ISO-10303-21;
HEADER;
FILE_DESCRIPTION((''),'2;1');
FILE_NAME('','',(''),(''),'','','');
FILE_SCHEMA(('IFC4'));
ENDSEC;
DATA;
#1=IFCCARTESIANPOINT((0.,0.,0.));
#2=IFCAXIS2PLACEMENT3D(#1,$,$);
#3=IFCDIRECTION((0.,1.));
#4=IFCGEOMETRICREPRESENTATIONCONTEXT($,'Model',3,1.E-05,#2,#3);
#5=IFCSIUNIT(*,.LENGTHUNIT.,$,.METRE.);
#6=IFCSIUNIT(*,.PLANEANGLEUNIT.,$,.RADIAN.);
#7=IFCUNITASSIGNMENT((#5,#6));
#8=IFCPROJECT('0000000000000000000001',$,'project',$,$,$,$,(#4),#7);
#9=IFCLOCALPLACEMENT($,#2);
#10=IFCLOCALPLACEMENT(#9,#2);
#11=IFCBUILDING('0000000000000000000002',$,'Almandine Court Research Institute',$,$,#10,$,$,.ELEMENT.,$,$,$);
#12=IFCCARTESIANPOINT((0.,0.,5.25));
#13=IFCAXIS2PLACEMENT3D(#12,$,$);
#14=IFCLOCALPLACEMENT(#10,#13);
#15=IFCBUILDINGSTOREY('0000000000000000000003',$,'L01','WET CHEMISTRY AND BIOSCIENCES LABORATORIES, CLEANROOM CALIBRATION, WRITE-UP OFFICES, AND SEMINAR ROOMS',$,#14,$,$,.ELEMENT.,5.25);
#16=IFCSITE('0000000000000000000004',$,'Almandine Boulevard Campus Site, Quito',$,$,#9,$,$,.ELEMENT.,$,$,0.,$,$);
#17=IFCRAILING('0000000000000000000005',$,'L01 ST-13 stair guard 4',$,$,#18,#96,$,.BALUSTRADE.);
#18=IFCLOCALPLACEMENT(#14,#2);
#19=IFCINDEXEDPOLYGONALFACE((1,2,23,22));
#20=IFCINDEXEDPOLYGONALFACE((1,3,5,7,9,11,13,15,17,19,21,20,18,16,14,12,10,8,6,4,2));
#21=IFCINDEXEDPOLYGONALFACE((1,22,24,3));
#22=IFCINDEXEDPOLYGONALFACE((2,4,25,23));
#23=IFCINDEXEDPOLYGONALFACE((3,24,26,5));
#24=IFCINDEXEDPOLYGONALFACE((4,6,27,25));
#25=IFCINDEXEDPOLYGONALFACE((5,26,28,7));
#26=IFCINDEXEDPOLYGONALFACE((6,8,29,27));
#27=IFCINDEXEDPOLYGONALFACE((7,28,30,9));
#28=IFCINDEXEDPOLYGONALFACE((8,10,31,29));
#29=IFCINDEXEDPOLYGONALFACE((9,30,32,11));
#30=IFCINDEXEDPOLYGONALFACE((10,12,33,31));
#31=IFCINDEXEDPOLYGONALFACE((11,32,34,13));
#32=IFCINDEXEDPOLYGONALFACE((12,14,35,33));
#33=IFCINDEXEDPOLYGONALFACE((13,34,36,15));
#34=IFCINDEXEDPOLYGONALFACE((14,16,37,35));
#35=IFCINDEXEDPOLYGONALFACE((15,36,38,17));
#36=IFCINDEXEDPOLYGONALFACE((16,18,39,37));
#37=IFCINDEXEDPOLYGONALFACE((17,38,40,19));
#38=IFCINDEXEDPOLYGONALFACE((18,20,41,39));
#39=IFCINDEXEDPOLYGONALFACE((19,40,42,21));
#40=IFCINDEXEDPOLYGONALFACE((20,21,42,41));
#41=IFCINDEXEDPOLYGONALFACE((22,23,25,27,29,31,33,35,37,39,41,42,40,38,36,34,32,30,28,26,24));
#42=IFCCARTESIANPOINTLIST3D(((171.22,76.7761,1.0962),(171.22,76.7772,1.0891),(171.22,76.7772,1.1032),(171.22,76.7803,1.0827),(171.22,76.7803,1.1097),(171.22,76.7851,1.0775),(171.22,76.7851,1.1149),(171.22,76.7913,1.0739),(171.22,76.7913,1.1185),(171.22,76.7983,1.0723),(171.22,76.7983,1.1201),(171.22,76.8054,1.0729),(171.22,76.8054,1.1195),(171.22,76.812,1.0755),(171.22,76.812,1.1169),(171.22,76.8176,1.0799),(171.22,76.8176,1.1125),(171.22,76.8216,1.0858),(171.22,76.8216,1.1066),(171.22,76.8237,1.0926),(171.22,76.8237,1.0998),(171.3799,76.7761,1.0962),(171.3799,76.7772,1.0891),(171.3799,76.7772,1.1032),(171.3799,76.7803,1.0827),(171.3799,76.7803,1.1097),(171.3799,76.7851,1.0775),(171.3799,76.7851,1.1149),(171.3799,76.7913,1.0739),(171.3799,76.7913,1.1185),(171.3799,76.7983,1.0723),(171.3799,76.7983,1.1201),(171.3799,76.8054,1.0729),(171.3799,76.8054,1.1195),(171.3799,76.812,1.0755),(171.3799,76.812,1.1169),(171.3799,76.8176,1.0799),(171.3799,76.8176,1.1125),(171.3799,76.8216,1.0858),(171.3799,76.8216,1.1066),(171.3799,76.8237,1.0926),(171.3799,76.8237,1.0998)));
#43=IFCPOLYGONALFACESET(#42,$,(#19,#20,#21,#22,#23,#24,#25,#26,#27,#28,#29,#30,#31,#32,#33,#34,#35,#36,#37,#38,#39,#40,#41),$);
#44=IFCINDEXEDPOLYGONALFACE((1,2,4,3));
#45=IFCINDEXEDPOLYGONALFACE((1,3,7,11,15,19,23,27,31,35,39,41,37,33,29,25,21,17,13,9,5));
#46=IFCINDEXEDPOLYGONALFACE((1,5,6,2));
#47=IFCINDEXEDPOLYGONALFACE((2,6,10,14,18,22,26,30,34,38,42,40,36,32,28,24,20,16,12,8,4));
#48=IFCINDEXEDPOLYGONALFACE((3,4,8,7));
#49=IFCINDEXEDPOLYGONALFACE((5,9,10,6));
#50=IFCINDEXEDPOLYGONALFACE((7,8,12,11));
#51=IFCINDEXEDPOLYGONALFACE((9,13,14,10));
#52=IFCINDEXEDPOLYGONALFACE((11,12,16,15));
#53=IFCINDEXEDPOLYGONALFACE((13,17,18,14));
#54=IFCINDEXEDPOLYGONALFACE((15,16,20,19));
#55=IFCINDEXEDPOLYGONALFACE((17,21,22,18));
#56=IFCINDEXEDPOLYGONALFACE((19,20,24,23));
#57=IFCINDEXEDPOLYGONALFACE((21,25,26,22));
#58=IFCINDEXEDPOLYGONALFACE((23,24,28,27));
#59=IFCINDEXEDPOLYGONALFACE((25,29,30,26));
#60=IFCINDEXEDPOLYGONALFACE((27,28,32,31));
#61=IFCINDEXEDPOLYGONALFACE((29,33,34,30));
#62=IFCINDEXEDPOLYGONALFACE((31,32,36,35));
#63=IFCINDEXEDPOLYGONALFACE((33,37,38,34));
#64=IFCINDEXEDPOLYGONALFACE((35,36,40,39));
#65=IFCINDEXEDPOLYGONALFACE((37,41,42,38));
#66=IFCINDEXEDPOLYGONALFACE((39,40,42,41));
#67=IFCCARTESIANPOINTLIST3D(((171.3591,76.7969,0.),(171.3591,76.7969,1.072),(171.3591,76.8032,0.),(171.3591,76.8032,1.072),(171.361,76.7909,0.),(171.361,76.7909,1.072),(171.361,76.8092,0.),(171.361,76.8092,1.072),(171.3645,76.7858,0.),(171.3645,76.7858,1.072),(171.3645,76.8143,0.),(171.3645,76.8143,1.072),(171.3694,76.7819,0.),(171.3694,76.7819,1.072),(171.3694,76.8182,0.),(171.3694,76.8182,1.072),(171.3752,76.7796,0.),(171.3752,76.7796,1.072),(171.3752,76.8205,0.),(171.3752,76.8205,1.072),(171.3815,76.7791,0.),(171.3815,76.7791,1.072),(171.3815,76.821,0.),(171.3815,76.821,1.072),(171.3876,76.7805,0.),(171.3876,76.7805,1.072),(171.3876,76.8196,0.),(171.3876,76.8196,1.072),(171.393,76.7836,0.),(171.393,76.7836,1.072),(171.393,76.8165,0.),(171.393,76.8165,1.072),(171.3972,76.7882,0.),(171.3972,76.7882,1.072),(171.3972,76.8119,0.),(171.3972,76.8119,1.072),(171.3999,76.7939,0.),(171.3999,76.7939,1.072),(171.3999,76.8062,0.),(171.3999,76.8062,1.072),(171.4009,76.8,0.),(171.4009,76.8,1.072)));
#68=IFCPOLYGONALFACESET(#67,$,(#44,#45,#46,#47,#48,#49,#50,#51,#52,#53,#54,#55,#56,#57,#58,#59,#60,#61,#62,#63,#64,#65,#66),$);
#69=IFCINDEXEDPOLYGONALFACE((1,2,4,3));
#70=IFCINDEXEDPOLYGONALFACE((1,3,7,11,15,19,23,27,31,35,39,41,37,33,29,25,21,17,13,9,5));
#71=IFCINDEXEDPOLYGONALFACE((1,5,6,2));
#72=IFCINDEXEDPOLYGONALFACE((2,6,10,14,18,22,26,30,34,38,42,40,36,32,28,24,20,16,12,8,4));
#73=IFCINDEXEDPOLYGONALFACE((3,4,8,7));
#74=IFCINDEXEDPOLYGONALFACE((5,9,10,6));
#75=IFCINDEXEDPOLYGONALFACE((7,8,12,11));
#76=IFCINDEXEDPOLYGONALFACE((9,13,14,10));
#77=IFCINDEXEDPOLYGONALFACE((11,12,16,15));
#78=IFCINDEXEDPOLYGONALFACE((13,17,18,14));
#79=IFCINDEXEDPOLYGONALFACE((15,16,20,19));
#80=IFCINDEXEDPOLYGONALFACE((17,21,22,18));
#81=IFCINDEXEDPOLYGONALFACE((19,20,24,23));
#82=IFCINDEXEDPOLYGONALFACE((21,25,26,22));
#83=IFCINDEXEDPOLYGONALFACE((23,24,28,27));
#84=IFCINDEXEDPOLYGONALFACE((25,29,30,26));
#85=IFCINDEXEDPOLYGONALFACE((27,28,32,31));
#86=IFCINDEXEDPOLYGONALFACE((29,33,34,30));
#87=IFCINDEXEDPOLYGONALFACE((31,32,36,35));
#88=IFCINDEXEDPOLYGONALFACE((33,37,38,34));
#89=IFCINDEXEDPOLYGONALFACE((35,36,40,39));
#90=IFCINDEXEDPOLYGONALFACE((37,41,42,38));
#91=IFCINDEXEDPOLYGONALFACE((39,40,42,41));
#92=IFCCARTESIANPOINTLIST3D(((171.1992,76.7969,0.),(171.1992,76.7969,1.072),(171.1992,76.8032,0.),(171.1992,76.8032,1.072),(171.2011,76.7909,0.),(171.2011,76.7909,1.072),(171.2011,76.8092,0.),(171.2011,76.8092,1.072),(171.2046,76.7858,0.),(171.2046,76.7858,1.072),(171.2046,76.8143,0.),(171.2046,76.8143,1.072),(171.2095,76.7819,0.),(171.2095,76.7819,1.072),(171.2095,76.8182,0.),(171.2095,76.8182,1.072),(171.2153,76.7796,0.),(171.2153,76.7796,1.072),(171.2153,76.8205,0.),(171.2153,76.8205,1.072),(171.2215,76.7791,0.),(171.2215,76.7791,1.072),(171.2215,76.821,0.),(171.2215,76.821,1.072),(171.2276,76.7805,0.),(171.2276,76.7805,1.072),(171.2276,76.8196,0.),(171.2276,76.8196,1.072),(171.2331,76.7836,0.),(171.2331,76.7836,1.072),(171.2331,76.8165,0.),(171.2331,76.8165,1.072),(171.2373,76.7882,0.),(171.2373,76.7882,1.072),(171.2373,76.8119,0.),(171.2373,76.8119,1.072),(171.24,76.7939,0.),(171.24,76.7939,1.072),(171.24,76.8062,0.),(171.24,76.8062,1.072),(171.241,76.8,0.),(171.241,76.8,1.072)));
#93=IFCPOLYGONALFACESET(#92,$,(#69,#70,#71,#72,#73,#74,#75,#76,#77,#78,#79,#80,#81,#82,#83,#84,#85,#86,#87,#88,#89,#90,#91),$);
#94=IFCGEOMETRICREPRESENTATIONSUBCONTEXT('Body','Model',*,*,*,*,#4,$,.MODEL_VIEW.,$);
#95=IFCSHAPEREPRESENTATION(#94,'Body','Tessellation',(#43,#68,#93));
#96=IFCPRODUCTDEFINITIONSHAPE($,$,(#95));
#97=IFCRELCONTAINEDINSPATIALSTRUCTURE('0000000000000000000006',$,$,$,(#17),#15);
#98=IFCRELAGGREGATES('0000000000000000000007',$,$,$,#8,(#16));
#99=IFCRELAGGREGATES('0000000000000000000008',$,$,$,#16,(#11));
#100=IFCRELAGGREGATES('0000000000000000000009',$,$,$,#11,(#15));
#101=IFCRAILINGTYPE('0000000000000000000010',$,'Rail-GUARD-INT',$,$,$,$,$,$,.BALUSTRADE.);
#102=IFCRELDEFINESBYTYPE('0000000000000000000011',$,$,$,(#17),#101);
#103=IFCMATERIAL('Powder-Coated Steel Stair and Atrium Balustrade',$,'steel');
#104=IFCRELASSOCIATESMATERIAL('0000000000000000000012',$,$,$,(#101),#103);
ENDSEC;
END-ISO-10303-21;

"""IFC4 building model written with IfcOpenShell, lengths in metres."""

from ifc_helpers import new_model, si_unit, direction, frame, origin, origin_2d, place, context, subcontext, project, spatial, circle, extrude, material, type_object, element, save


model = new_model("IFC4")

# Units and contexts
model_context = context("Model", 3, precision=1e-05, world=origin(), true_north=direction((0.0, 1.0)))
body_context = subcontext(model_context, "Body", "Model", "MODEL_VIEW")
ifc_project = project(units=[si_unit("LENGTHUNIT", "METRE"), si_unit("PLANEANGLEUNIT", "RADIAN")], contexts=[model_context])

# Site, building, storey
site_placement = place(None, origin())
site = spatial("IfcSite", under=ifc_project, at=site_placement, Name="Almandine Boulevard Campus Site, Quito", CompositionType="ELEMENT", RefElevation=0.0)
building_placement = place(site_placement, origin())
building = spatial("IfcBuilding", under=site, at=building_placement, Name="Almandine Court Research Institute", CompositionType="ELEMENT")
storey_placement = place(building_placement, frame((0.0, 0.0, 5.25)))
storey = spatial("IfcBuildingStorey", under=building, at=storey_placement, Name="L01", Description="WET CHEMISTRY AND BIOSCIENCES LABORATORIES, CLEANROOM CALIBRATION, WRITE-UP OFFICES, AND SEMINAR ROOMS", CompositionType="ELEMENT", Elevation=5.25)

# Railing
ifc_material_1 = material(Name="Powder-Coated Steel Stair and Atrium Balustrade", Category="steel")
railing_type_1 = type_object("IfcRailingType", Name="Rail-GUARD-INT", PredefinedType="BALUSTRADE", material=ifc_material_1)
railing_1_placement = place(storey_placement, frame((171.3799, 76.8, 0.0)))
element("IfcRailing", 1, at=railing_1_placement, inside=storey, type_object=railing_type_1, Name="L01 ST-13 stair guard 4", PredefinedType="BALUSTRADE", context=body_context, shape_type="SweptSolid", body=[
    extrude(circle(Radius=0.0239, at=origin_2d()), frame((0.0, 0.0, 1.0962), z_axis=(-1.0, 0.0, 0.0), x_axis=(0.0, -1.0, 0.0)), (0.0, 0.0, 1.0), 0.1599),
    extrude(circle(Radius=0.021, at=origin_2d()), origin(), (0.0, 0.0, 1.0), 1.072),
    extrude(circle(Radius=0.021, at=origin_2d()), frame((-0.1599, 0.0, 0.0)), (0.0, 0.0, 1.0), 1.072),
])

save(model, "model.ifc")
